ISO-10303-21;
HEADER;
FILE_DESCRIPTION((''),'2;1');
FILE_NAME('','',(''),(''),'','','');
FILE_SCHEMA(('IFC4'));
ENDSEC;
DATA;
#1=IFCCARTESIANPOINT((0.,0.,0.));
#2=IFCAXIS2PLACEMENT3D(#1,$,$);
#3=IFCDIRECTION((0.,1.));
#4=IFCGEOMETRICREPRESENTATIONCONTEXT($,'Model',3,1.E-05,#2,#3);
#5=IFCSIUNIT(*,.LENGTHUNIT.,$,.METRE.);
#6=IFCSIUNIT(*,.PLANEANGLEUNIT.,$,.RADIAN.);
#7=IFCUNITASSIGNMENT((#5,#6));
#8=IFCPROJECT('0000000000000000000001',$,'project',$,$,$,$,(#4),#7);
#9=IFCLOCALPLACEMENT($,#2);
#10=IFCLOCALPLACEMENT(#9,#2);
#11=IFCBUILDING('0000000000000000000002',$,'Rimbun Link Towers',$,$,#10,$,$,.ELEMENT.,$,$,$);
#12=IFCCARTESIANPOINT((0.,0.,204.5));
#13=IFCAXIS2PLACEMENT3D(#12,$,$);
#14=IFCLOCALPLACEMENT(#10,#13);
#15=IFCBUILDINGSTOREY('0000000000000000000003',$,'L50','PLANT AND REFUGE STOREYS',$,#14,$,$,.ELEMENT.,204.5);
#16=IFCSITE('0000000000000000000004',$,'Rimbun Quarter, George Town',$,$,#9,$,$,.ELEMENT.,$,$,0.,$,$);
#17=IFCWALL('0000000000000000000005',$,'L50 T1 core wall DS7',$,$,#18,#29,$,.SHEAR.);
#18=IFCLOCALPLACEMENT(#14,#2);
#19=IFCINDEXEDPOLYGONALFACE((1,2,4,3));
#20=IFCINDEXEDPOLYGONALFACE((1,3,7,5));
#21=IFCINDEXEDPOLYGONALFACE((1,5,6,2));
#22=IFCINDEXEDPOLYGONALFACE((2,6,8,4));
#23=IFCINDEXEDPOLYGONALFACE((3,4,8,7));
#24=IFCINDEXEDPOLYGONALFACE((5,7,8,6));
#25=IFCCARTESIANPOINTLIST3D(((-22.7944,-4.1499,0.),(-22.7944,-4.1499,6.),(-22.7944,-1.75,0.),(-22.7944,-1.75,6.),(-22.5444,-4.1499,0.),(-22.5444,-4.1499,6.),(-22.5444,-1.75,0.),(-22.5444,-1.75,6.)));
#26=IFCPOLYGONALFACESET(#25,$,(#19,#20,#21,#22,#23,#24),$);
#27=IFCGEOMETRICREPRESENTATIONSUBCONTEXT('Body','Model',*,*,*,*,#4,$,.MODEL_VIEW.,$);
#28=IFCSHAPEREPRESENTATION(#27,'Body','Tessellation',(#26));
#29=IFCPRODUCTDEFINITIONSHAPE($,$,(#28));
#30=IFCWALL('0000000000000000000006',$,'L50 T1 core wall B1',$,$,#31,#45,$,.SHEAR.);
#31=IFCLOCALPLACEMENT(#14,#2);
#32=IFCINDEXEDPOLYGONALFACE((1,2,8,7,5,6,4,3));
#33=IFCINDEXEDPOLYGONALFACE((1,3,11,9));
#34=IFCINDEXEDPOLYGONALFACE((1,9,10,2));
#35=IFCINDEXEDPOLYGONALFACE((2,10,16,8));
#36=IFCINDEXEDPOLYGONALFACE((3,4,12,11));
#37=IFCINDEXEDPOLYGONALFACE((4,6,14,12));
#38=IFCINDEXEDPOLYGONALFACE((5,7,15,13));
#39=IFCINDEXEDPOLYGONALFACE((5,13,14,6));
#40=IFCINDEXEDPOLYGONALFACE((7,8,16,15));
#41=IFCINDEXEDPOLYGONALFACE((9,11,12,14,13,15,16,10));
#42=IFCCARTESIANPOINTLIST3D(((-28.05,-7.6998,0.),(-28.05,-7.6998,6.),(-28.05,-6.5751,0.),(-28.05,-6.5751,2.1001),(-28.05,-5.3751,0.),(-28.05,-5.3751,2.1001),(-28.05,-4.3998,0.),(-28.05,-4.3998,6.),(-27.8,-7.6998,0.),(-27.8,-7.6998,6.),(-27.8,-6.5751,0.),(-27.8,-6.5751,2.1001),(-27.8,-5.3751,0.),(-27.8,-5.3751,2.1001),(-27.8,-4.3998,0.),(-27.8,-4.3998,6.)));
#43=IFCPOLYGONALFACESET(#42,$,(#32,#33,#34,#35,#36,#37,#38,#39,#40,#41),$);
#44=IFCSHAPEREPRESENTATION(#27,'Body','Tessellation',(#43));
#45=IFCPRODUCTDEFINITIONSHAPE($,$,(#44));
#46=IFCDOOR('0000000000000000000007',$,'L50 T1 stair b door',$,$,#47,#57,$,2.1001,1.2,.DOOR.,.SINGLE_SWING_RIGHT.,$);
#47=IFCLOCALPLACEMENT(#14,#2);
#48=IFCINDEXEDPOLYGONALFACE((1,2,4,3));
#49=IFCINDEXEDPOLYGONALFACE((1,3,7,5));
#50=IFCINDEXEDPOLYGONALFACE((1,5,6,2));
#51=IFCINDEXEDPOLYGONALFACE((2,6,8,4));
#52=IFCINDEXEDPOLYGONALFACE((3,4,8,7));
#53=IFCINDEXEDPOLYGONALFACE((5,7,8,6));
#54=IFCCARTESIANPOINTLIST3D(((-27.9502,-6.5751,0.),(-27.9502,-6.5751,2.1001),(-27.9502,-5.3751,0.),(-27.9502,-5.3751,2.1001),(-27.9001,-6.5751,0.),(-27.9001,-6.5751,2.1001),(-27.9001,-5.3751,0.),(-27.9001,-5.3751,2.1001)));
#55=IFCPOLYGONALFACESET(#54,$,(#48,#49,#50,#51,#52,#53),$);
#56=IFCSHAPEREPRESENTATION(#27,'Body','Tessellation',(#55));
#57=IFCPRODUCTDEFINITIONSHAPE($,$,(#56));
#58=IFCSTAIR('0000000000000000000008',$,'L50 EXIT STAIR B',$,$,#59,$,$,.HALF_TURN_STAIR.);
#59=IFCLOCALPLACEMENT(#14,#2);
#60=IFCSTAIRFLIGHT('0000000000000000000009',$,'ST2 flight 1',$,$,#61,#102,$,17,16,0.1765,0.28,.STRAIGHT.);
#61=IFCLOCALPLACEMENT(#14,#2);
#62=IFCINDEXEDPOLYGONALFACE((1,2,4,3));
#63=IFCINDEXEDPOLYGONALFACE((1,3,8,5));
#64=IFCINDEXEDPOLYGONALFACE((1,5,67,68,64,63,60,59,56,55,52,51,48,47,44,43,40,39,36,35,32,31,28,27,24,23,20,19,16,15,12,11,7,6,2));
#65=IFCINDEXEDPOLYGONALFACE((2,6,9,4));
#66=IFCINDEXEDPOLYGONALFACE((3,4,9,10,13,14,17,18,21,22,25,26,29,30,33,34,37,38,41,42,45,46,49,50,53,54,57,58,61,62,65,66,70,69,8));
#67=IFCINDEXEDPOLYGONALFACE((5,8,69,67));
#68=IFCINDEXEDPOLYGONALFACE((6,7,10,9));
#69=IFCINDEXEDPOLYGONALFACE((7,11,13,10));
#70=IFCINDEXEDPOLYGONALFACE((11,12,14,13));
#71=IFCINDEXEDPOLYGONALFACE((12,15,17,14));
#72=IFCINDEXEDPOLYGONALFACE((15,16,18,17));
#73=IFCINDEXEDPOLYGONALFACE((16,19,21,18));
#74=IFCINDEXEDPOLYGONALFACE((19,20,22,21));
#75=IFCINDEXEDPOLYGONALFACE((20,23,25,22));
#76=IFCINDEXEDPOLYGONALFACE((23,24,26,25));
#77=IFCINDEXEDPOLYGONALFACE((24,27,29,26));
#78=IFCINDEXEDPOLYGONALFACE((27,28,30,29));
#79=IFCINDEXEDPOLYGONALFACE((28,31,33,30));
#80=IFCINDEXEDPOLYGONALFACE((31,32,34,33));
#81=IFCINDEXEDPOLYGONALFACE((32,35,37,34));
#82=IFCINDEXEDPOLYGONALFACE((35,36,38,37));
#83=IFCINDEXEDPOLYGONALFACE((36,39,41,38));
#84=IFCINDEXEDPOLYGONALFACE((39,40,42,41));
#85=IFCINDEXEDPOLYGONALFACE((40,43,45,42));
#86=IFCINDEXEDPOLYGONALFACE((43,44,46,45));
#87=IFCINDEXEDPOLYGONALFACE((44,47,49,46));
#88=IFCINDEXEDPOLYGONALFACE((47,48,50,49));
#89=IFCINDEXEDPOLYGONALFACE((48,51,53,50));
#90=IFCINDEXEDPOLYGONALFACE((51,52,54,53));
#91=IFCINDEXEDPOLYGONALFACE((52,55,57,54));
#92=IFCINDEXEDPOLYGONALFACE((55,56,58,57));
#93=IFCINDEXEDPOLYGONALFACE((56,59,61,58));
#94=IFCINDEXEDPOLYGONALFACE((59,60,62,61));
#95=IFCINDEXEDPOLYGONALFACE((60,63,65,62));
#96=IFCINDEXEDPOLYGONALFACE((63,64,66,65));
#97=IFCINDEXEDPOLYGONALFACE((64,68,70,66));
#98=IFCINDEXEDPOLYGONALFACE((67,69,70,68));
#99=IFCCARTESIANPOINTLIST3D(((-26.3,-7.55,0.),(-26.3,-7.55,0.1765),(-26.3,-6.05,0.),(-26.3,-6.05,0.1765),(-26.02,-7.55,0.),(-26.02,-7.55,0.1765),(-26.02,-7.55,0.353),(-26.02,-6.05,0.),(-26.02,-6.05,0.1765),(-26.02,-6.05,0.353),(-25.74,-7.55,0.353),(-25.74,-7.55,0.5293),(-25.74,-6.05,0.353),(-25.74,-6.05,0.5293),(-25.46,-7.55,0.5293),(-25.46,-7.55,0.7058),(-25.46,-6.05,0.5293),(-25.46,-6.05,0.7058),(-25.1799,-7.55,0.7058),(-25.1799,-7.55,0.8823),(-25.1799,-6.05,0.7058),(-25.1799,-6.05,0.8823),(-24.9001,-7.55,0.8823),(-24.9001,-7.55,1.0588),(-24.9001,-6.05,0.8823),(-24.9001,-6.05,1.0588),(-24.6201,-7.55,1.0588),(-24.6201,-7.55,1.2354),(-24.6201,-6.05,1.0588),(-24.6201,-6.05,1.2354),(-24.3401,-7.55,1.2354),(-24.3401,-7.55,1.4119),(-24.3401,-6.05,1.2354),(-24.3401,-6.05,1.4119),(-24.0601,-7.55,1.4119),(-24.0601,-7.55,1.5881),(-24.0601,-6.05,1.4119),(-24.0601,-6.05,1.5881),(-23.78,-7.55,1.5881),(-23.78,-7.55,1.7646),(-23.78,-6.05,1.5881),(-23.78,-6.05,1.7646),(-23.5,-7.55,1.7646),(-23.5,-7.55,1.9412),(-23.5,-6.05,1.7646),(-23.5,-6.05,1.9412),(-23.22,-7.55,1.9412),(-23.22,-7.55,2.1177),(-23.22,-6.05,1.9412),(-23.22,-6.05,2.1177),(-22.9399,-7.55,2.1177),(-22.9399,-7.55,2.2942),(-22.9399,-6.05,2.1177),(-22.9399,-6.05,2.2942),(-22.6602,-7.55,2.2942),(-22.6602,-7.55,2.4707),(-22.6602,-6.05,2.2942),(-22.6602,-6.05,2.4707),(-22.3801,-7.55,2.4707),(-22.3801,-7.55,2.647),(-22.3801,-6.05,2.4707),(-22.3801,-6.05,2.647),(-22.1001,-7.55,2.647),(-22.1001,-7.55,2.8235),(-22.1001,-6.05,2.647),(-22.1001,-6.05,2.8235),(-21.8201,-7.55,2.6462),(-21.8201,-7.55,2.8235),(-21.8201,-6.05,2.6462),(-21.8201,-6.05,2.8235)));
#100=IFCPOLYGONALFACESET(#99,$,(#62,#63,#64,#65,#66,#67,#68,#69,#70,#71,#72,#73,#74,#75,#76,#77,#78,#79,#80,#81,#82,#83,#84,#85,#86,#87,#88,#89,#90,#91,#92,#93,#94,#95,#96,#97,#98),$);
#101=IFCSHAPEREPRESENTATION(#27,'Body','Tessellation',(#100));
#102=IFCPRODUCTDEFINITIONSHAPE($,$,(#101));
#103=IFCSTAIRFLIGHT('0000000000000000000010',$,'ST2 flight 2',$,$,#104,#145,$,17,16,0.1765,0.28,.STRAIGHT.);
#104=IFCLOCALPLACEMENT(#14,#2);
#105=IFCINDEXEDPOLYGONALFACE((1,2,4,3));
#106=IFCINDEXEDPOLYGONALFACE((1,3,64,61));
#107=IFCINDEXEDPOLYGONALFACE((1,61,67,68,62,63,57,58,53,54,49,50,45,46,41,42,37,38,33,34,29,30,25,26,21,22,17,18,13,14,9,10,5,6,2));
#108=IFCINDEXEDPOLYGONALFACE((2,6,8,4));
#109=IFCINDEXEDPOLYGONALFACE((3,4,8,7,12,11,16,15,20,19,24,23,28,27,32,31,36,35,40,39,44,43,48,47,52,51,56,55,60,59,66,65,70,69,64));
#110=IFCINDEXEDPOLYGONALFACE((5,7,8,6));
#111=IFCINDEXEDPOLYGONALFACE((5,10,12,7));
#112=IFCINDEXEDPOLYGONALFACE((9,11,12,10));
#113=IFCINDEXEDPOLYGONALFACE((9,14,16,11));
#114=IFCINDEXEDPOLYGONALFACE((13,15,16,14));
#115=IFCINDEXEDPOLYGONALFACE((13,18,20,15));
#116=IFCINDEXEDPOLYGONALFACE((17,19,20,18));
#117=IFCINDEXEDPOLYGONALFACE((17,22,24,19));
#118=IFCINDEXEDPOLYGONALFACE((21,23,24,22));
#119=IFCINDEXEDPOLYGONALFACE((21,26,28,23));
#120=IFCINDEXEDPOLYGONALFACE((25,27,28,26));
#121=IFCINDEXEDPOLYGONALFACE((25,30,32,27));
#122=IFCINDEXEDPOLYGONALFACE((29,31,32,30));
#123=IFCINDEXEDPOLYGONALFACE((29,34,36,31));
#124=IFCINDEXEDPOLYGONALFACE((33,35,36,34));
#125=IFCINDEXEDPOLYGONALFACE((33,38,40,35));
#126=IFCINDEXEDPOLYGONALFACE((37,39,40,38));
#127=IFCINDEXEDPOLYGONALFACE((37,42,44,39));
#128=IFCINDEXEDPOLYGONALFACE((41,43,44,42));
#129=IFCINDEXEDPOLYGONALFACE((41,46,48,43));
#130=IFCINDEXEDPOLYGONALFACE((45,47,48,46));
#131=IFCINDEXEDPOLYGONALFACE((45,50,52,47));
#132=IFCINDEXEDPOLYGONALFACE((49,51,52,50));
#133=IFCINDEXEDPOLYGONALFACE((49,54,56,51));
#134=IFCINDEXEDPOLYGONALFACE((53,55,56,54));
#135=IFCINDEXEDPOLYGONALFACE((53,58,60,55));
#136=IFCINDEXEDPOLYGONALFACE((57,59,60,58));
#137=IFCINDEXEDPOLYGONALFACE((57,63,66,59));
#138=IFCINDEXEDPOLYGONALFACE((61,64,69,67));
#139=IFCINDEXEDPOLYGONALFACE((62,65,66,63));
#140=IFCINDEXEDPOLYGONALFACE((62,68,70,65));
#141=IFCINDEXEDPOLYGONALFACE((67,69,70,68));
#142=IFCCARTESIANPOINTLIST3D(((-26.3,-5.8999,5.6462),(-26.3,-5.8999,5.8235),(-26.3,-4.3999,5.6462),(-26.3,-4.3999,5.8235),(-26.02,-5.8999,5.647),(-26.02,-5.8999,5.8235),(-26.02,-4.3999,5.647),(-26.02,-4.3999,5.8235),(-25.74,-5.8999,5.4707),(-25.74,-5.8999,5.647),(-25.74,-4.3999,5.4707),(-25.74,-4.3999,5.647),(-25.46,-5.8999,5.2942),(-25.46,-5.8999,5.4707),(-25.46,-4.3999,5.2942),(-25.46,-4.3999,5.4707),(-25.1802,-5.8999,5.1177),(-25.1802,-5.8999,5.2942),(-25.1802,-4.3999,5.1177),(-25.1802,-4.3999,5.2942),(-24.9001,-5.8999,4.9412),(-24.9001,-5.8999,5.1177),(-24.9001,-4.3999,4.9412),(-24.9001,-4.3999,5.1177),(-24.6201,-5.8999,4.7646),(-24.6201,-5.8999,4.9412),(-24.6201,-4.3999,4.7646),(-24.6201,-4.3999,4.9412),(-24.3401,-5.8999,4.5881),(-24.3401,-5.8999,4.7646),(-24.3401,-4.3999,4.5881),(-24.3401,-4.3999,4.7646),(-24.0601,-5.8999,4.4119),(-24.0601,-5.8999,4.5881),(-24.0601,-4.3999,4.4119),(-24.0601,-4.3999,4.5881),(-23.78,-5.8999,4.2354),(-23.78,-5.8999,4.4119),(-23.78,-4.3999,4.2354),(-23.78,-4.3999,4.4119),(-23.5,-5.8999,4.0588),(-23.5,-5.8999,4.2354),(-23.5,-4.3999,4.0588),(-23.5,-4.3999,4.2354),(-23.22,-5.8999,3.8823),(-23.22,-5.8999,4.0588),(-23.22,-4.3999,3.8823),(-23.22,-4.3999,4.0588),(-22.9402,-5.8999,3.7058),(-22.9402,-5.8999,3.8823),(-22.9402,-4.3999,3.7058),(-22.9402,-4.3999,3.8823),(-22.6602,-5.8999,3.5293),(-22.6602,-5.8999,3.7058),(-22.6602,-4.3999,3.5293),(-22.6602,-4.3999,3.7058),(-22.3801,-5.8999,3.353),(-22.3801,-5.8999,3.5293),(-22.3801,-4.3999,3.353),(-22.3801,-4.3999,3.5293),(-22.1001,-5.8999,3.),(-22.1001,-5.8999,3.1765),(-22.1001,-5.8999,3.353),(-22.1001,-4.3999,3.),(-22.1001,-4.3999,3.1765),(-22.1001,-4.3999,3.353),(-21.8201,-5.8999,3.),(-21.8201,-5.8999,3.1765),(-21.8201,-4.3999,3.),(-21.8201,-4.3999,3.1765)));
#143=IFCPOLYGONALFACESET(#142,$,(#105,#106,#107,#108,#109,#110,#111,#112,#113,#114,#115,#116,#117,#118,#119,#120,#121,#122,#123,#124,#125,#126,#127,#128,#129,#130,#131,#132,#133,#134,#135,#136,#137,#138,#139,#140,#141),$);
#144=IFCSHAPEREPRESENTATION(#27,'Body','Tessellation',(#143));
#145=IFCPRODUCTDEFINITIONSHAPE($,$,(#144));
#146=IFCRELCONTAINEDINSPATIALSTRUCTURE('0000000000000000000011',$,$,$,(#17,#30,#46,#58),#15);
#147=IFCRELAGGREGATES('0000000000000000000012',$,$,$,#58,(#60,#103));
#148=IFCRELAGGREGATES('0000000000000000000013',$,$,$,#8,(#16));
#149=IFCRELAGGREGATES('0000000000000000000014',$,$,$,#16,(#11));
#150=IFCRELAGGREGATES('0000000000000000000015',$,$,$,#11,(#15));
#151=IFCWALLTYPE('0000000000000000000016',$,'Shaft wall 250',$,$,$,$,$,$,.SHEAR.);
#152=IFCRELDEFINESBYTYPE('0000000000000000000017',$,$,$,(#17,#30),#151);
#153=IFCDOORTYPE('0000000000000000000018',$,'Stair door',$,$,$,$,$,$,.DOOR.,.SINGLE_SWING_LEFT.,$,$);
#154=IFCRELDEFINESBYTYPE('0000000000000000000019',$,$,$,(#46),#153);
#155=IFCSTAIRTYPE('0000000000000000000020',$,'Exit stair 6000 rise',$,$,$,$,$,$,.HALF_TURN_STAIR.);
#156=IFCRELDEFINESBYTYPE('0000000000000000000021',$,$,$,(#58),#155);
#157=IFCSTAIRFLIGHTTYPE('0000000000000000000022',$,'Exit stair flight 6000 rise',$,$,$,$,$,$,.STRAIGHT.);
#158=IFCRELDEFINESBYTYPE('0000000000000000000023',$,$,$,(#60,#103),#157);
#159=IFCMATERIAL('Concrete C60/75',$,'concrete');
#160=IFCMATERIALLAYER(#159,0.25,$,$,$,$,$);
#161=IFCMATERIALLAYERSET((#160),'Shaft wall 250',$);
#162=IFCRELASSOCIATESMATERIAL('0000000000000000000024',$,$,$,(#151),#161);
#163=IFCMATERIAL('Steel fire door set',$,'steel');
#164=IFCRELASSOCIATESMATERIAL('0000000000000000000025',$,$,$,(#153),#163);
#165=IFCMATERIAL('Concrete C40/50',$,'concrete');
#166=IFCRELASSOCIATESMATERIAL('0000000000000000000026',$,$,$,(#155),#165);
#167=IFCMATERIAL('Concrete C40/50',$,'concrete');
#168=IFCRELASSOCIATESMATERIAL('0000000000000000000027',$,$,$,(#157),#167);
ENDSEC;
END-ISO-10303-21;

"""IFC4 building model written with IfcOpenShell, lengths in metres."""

from ifc_helpers import new_model, si_unit, direction, frame, frame_2d, origin, place, context, subcontext, project, spatial, polyline, rectangle, outline, extrude, material, layer, layer_set, type_object, element, fill, aggregate, save


model = new_model("IFC4")

# Units and contexts
model_context = context("Model", 3, precision=1e-05, world=origin(), true_north=direction((0.0, 1.0)))
body_context = subcontext(model_context, "Body", "Model", "MODEL_VIEW")
ifc_project = project(units=[si_unit("LENGTHUNIT", "METRE"), si_unit("PLANEANGLEUNIT", "RADIAN")], contexts=[model_context])

# Site, building, storey
site_placement = place(None, origin())
site = spatial("IfcSite", under=ifc_project, at=site_placement, Name="Rimbun Quarter, George Town", CompositionType="ELEMENT", RefElevation=0.0)
building_placement = place(site_placement, origin())
building = spatial("IfcBuilding", under=site, at=building_placement, Name="Rimbun Link Towers", CompositionType="ELEMENT")
storey_placement = place(building_placement, frame((0.0, 0.0, 204.5)))
storey = spatial("IfcBuildingStorey", under=building, at=storey_placement, Name="L50", Description="PLANT AND REFUGE STOREYS", CompositionType="ELEMENT", Elevation=204.5)

# Wall
ifc_material_1 = material(Name="Concrete C60/75", Category="concrete")
ifc_layer_1 = layer(ifc_material_1, 0.25)
ifc_layer_set_1 = layer_set([ifc_layer_1], Name="Shaft wall 250")
wall_type_1 = type_object("IfcWallType", Name="Shaft wall 250", PredefinedType="SHEAR", material=ifc_layer_set_1)
for number, where, z_axis, x_axis, name in (
    (1, (-22.6694, -4.1499, 0.0), (0.0, 0.0, 1.0), (0.0, 1.0, 0.0), "L50 T1 core wall DS7"),
):
    element("IfcWall", number, at=place(storey_placement, frame(where, z_axis=z_axis, x_axis=x_axis)), inside=storey, type_object=wall_type_1, Name=name, PredefinedType="SHEAR", context=body_context, shape_type="SweptSolid", body=[
        extrude(rectangle(XDim=2.3999, YDim=0.25, at=frame_2d((1.2, 0.0))), origin(), (0.0, 0.0, 1.0), 6.0),
    ])

# Wall, opening, door
wall_1_placement = place(storey_placement, frame((-27.925, -4.3999, 0.0), z_axis=(0.0, 0.0, 1.0), x_axis=(0.0, -1.0, 0.0)))
wall_1 = element("IfcWall", 2, at=wall_1_placement, inside=storey, type_object=wall_type_1, Name="L50 T1 core wall B1", PredefinedType="SHEAR", context=body_context, shape_type="SweptSolid", body=[
    extrude(rectangle(XDim=3.3, YDim=0.25, at=frame_2d((1.6499, 0.0))), origin(), (0.0, 0.0, 1.0), 6.0),
])
opening_1_placement = place(wall_1_placement, frame((0.9751, 0.0, 0.0)))
opening_1 = element("IfcOpeningElement", 3, at=opening_1_placement, cuts=wall_1, PredefinedType="OPENING", context=body_context, shape_type="SweptSolid", body=[
    extrude(rectangle(XDim=1.2, YDim=2.1001, at=frame_2d((0.6001, 1.05))), frame((0.0, 0.135, 0.0), z_axis=(0.0, -1.0, 0.0), x_axis=(1.0, 0.0, 0.0)), (0.0, 0.0, 1.0), 0.27),
])
ifc_material_2 = material(Name="Steel fire door set", Category="steel")
door_type_1 = type_object("IfcDoorType", Name="Stair door", OperationType="SINGLE_SWING_LEFT", PredefinedType="DOOR", material=ifc_material_2)
door_1_placement = place(opening_1_placement, origin())
door_1 = element("IfcDoor", 4, at=door_1_placement, inside=storey, type_object=door_type_1, Name="L50 T1 stair b door", OperationType="SINGLE_SWING_RIGHT", OverallHeight=2.1001, OverallWidth=1.2, PredefinedType="DOOR", context=body_context, shape_type="SweptSolid", body=[
    extrude(rectangle(XDim=1.2, YDim=2.1001, at=frame_2d((0.6001, 1.05))), frame((0.0, 0.0249, 0.0), z_axis=(0.0, -1.0, 0.0), x_axis=(1.0, 0.0, 0.0)), (0.0, 0.0, 1.0), 0.05),
])
fill(opening_1, door_1)

# Stair, stair flights
ifc_material_3 = material(Name="Concrete C40/50", Category="concrete")
stair_type = type_object("IfcStairType", Name="Exit stair 6000 rise", PredefinedType="HALF_TURN_STAIR", material=ifc_material_3)
stair_placement = place(storey_placement, origin())
stair = element("IfcStair", 5, at=stair_placement, inside=storey, type_object=stair_type, Name="L50 EXIT STAIR B", PredefinedType="HALF_TURN_STAIR")
ifc_material_4 = material(Name="Concrete C40/50", Category="concrete")
stair_flight_type = type_object("IfcStairFlightType", Name="Exit stair flight 6000 rise", PredefinedType="STRAIGHT", material=ifc_material_4)
stair_flight_1_placement = place(storey_placement, frame((-26.3, -6.8, 0.0), z_axis=(0.0, 0.0, 1.0), x_axis=(1.0, 0.0, 0.0)))
stair_flight_1 = element("IfcStairFlight", 6, at=stair_flight_1_placement, type_object=stair_flight_type, Name="ST2 flight 1", NumberOfRisers=17, NumberOfTreads=16, PredefinedType="STRAIGHT", RiserHeight=0.1765, TreadLength=0.28, context=body_context, shape_type="SweptSolid", body=[
    extrude(outline(polyline([(0.0, 0.0), (0.0, 0.1765), (0.28, 0.1765), (0.28, 0.353), (0.5601, 0.353), (0.5601, 0.5293), (0.8401, 0.5293), (0.8401, 0.7058), (1.1201, 0.7058), (1.1201, 0.8823), (1.3999, 0.8823), (1.3999, 1.0588), (1.6799, 1.0588), (1.6799, 1.2354), (1.96, 1.2354), (1.96, 1.4119), (2.24, 1.4119), (2.24, 1.5881), (2.52, 1.5881), (2.52, 1.7646), (2.8, 1.7646), (2.8, 1.9412), (3.0801, 1.9412), (3.0801, 2.1177), (3.3601, 2.1177), (3.3601, 2.2942), (3.6399, 2.2942), (3.6399, 2.4707), (3.9199, 2.4707), (3.9199, 2.647), (4.2, 2.647), (4.2, 2.8235), (4.48, 2.8235), (4.48, 3.0), (4.48, 2.6462), (0.28, 0.0), (0.0, 0.0)])), frame((0.0, 0.75, 0.0), z_axis=(0.0, -1.0, 0.0), x_axis=(1.0, 0.0, 0.0)), (0.0, 0.0, 1.0), 1.5),
])
stair_flight_2_placement = place(storey_placement, frame((-21.8201, -5.1499, 3.0), z_axis=(0.0, 0.0, 1.0), x_axis=(-1.0, 0.0, 0.0)))
stair_flight_2 = element("IfcStairFlight", 7, at=stair_flight_2_placement, type_object=stair_flight_type, Name="ST2 flight 2", NumberOfRisers=17, NumberOfTreads=16, PredefinedType="STRAIGHT", RiserHeight=0.1765, TreadLength=0.28, context=body_context, shape_type="SweptSolid", body=[
    extrude(outline(polyline([(0.0, 0.0), (0.0, 0.1765), (0.28, 0.1765), (0.28, 0.353), (0.5601, 0.353), (0.5601, 0.5293), (0.8401, 0.5293), (0.8401, 0.7058), (1.1201, 0.7058), (1.1201, 0.8823), (1.3999, 0.8823), (1.3999, 1.0588), (1.6799, 1.0588), (1.6799, 1.2354), (1.96, 1.2354), (1.96, 1.4119), (2.24, 1.4119), (2.24, 1.5881), (2.52, 1.5881), (2.52, 1.7646), (2.8, 1.7646), (2.8, 1.9412), (3.0801, 1.9412), (3.0801, 2.1177), (3.3601, 2.1177), (3.3601, 2.2942), (3.6399, 2.2942), (3.6399, 2.4707), (3.9199, 2.4707), (3.9199, 2.647), (4.2, 2.647), (4.2, 2.8235), (4.48, 2.8235), (4.48, 3.0), (4.48, 2.6462), (0.28, 0.0), (0.0, 0.0)])), frame((0.0, 0.75, 0.0), z_axis=(0.0, -1.0, 0.0), x_axis=(1.0, 0.0, 0.0)), (0.0, 0.0, 1.0), 1.5),
])
aggregate(stair, [stair_flight_1, stair_flight_2])

save(model, "model.ifc")
